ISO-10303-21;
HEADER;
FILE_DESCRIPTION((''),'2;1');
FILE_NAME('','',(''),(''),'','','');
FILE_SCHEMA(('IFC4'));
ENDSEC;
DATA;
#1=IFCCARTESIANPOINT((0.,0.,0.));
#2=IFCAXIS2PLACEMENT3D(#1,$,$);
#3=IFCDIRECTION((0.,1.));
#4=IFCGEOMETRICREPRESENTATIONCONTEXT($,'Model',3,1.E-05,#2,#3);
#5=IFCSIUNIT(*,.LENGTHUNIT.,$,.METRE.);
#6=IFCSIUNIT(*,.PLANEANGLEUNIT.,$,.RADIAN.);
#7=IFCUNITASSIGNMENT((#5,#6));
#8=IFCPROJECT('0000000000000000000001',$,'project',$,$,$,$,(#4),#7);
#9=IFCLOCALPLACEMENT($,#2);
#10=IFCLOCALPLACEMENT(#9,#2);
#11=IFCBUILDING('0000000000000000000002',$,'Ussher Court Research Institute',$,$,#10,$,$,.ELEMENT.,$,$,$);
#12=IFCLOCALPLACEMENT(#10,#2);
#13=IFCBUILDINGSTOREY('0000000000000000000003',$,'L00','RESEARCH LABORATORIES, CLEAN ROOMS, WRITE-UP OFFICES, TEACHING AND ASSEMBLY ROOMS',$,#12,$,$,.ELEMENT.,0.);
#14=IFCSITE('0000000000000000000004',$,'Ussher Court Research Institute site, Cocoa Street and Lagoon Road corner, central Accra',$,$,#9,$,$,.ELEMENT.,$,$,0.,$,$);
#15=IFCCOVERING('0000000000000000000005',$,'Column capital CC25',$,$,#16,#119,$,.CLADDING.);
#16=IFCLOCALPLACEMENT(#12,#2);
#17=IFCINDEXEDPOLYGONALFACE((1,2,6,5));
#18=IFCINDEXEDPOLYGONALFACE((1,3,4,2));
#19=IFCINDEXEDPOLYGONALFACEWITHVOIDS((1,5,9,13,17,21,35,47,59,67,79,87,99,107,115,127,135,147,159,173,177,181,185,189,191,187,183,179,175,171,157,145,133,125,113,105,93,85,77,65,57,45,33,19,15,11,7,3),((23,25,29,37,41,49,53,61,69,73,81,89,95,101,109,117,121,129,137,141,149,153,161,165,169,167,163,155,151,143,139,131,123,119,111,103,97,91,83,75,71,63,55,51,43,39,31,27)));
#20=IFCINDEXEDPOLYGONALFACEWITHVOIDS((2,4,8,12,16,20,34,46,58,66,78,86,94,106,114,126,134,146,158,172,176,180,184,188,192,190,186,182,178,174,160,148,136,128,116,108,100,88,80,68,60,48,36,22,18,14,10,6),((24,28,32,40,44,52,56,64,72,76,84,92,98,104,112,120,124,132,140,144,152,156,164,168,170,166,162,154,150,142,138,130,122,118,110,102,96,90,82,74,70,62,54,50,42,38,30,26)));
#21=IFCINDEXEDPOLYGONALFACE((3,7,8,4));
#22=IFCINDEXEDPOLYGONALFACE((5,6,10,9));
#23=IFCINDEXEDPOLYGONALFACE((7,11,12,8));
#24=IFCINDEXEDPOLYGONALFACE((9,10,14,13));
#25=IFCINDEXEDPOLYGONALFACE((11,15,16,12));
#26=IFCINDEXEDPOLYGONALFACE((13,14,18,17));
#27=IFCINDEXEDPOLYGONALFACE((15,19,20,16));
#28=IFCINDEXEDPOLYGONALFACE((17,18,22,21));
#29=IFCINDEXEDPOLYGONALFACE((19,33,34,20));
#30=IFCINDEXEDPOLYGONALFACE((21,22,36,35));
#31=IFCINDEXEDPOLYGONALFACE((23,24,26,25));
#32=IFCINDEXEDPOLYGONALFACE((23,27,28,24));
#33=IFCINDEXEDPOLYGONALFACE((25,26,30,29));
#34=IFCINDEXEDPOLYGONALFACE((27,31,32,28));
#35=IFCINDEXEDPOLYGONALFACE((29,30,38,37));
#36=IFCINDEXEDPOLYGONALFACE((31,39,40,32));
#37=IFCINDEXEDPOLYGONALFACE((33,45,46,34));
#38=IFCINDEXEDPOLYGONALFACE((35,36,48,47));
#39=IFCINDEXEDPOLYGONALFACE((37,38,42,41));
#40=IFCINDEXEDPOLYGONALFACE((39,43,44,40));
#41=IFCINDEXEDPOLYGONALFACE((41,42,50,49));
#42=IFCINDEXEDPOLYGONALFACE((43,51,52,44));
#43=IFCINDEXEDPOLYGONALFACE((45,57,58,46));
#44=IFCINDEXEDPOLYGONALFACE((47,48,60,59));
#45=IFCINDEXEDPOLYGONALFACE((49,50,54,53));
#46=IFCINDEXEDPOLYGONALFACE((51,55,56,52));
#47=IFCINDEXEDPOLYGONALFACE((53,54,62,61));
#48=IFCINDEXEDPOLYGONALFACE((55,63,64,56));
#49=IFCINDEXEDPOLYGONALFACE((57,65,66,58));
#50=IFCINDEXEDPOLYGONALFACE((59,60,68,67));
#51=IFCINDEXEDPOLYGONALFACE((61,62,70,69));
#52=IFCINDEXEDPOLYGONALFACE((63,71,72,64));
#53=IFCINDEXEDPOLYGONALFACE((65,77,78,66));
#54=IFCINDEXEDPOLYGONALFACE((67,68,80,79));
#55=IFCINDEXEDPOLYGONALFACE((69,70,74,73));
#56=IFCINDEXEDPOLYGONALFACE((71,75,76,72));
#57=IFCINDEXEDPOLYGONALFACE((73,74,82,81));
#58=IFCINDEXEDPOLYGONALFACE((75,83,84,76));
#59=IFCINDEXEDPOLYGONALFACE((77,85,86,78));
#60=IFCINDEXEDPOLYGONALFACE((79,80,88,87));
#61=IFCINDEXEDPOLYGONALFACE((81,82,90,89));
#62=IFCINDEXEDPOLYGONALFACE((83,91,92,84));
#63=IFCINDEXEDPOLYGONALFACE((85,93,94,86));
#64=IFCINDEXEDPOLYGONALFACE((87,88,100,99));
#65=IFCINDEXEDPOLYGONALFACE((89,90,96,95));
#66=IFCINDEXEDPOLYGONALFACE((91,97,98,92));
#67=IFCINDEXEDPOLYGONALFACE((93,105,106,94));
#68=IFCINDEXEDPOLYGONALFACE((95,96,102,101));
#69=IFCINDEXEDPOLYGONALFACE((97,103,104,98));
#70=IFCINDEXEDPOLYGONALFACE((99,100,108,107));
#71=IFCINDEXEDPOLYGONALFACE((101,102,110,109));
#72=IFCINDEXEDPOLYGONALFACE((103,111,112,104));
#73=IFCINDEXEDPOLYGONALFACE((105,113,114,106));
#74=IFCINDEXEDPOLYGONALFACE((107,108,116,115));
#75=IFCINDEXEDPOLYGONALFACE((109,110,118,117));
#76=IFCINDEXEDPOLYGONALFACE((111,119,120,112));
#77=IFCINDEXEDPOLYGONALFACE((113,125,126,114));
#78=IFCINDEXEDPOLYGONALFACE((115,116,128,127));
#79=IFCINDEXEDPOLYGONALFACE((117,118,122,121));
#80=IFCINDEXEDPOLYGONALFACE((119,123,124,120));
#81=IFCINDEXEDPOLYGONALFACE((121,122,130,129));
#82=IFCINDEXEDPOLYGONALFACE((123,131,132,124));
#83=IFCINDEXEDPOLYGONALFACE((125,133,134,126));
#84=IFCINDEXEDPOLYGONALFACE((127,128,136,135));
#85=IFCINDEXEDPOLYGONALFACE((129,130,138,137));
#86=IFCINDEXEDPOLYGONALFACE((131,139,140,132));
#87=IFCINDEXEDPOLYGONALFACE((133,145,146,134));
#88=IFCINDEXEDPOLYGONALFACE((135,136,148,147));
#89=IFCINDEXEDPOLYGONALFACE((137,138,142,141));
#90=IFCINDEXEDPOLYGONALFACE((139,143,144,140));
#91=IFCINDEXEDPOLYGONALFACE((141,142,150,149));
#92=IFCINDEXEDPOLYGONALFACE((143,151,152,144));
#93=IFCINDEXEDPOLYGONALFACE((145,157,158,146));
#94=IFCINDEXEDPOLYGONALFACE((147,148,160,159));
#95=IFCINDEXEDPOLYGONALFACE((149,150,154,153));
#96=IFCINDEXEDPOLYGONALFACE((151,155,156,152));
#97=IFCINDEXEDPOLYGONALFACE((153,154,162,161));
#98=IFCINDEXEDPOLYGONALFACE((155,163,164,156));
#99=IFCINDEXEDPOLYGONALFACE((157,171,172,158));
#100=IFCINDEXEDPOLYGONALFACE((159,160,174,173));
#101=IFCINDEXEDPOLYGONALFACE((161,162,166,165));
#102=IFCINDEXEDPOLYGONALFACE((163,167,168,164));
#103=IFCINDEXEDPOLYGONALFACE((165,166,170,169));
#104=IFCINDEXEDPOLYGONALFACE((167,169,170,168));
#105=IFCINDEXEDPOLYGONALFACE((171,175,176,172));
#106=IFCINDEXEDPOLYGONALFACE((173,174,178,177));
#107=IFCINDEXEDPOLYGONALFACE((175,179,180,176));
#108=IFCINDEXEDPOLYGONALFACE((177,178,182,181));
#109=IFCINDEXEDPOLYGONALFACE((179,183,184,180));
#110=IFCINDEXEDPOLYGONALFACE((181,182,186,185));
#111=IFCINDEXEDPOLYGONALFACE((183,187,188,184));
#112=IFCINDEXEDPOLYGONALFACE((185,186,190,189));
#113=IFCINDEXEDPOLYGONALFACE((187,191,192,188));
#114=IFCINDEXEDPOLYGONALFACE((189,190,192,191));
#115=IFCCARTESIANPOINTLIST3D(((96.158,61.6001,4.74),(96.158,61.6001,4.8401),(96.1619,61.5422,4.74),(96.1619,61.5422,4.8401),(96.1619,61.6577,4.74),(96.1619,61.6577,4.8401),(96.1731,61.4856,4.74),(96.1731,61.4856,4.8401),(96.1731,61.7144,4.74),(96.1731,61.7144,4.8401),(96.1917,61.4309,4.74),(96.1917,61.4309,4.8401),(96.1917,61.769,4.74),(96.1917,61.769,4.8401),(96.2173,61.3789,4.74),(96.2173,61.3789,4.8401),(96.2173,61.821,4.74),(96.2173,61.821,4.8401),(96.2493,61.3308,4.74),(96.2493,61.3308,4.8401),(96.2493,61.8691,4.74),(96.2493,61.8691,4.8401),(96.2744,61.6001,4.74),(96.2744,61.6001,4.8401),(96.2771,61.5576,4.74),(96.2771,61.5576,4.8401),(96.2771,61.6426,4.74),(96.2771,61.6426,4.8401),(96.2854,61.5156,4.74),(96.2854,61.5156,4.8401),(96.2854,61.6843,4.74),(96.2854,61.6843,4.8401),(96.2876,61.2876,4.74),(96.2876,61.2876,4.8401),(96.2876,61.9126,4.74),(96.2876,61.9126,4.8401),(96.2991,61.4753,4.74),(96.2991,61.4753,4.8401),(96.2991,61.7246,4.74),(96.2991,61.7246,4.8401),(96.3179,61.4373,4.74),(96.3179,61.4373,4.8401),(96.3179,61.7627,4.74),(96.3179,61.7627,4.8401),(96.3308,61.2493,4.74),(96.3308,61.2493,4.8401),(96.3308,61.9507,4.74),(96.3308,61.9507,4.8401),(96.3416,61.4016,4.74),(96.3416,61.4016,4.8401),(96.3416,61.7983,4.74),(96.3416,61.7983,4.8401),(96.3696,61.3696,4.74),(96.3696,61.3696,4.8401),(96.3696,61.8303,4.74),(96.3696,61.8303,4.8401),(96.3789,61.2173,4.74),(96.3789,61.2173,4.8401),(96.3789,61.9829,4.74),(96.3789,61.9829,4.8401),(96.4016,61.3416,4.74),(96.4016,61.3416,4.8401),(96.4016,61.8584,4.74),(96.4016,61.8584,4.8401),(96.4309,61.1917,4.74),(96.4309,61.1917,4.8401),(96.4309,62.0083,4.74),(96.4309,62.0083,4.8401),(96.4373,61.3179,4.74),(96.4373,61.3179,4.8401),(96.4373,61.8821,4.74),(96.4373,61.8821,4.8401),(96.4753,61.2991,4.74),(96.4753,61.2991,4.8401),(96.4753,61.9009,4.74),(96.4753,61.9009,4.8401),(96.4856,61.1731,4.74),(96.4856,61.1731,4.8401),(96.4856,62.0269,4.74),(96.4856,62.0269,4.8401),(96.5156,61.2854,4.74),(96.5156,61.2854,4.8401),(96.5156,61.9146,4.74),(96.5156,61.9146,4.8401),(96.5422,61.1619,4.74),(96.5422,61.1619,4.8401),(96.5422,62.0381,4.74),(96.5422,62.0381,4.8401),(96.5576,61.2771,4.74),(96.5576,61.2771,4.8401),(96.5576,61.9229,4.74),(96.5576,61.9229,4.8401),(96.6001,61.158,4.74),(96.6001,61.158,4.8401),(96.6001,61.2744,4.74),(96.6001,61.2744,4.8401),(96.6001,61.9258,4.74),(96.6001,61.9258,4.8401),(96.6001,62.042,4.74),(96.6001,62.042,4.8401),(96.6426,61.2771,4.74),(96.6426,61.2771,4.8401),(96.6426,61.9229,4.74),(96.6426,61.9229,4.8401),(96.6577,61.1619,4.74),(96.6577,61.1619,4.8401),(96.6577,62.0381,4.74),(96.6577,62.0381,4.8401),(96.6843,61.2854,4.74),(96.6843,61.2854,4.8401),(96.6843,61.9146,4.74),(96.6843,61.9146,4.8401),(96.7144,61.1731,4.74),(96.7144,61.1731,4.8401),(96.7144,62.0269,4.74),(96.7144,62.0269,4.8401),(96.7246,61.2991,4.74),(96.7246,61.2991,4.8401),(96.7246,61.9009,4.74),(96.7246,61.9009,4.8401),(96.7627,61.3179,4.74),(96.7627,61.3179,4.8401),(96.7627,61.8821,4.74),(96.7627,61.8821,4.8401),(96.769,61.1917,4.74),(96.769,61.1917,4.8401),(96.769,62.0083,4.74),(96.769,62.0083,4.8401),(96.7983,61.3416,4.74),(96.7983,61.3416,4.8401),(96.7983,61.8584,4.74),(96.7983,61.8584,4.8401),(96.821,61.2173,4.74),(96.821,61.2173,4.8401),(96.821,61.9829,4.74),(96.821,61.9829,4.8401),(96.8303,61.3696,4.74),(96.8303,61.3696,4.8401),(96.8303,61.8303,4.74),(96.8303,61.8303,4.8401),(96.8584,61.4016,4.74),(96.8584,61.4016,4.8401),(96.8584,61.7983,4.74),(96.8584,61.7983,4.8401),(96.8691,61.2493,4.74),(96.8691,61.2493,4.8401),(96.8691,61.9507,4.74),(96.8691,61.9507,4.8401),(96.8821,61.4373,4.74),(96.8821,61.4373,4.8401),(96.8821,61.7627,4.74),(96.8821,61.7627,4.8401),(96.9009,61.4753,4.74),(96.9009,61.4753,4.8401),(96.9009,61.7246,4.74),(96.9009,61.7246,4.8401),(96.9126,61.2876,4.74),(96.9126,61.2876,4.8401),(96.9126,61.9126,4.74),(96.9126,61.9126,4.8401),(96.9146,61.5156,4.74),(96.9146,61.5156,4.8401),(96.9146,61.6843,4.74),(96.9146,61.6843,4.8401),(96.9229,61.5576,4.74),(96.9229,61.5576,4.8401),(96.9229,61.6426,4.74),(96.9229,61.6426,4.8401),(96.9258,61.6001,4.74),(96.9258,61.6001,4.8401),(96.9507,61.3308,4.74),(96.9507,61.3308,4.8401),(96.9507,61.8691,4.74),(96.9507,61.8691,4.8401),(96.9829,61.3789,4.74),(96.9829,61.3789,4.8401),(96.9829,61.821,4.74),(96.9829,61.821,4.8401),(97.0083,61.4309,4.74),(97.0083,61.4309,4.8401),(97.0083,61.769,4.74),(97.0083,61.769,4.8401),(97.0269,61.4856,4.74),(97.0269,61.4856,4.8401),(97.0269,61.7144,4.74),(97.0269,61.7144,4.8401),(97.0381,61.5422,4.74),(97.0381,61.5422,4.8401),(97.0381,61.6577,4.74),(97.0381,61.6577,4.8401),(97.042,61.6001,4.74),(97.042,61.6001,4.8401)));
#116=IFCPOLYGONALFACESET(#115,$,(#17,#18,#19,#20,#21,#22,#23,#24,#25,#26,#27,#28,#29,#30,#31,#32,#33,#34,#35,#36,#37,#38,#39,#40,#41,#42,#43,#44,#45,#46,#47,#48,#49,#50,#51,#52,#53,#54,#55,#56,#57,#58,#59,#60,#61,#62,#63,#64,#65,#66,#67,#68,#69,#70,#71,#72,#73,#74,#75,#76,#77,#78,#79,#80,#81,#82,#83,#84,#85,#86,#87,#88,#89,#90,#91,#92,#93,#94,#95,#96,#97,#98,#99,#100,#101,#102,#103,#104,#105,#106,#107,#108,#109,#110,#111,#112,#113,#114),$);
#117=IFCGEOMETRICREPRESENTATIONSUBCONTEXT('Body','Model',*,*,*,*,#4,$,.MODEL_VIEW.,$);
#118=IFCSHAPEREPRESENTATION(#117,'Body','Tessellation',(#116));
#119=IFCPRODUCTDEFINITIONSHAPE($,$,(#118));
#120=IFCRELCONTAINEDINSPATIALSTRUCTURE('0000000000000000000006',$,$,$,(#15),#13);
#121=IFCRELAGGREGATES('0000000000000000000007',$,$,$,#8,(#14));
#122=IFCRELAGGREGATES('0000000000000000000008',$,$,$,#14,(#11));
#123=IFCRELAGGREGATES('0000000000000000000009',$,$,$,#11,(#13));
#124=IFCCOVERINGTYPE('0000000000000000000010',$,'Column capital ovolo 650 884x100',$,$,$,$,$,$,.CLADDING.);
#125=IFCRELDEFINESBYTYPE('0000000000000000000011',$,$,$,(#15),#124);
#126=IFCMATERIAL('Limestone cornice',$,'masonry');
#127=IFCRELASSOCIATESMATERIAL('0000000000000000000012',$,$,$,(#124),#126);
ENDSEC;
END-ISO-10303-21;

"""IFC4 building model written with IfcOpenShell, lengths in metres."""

from ifc_helpers import new_model, si_unit, direction, frame, origin, place, context, subcontext, project, spatial, polyline, outline, extrude, material, type_object, element, save


model = new_model("IFC4")

# Units and contexts
model_context = context("Model", 3, precision=1e-05, world=origin(), true_north=direction((0.0, 1.0)))
body_context = subcontext(model_context, "Body", "Model", "MODEL_VIEW")
ifc_project = project(units=[si_unit("LENGTHUNIT", "METRE"), si_unit("PLANEANGLEUNIT", "RADIAN")], contexts=[model_context])

# Site, building, storey
site_placement = place(None, origin())
site = spatial("IfcSite", under=ifc_project, at=site_placement, Name="Ussher Court Research Institute site, Cocoa Street and Lagoon Road corner, central Accra", CompositionType="ELEMENT", RefElevation=0.0)
building_placement = place(site_placement, origin())
building = spatial("IfcBuilding", under=site, at=building_placement, Name="Ussher Court Research Institute", CompositionType="ELEMENT")
storey_placement = place(building_placement, origin())
storey = spatial("IfcBuildingStorey", under=building, at=storey_placement, Name="L00", Description="RESEARCH LABORATORIES, CLEAN ROOMS, WRITE-UP OFFICES, TEACHING AND ASSEMBLY ROOMS", CompositionType="ELEMENT", Elevation=0.0)

# Covering
ifc_material_1 = material(Name="Limestone cornice", Category="masonry")
covering_type_1 = type_object("IfcCoveringType", Name="Column capital ovolo 650 884x100", PredefinedType="CLADDING", material=ifc_material_1)
covering_1_placement = place(storey_placement, frame((0.0, 0.0, 4.74)))
element("IfcCovering", 1, at=covering_1_placement, inside=storey, type_object=covering_type_1, Name="Column capital CC25", PredefinedType="CLADDING", context=body_context, shape_type="SweptSolid", body=[
    extrude(outline(polyline([(97.042, 61.6001), (97.0381, 61.6577), (97.0269, 61.7144), (97.0083, 61.769), (96.9829, 61.821), (96.9507, 61.8691), (96.9126, 61.9126), (96.8691, 61.9507), (96.821, 61.9829), (96.769, 62.0083), (96.7144, 62.0269), (96.6577, 62.0381), (96.6001, 62.042), (96.5422, 62.0381), (96.4856, 62.0269), (96.4309, 62.0083), (96.3789, 61.9829), (96.3308, 61.9507), (96.2876, 61.9126), (96.2493, 61.8691), (96.2173, 61.821), (96.1917, 61.769), (96.1731, 61.7144), (96.1619, 61.6577), (96.158, 61.6001), (96.1619, 61.5422), (96.1731, 61.4856), (96.1917, 61.4309), (96.2173, 61.3789), (96.2493, 61.3308), (96.2876, 61.2876), (96.3308, 61.2493), (96.3789, 61.2173), (96.4309, 61.1917), (96.4856, 61.1731), (96.5422, 61.1619), (96.6001, 61.158), (96.6577, 61.1619), (96.7144, 61.1731), (96.769, 61.1917), (96.821, 61.2173), (96.8691, 61.2493), (96.9126, 61.2876), (96.9507, 61.3308), (96.9829, 61.3789), (97.0083, 61.4309), (97.0269, 61.4856), (97.0381, 61.5422), (97.042, 61.6001)]), holes=[polyline([(96.9258, 61.6001), (96.9229, 61.6426), (96.9146, 61.6843), (96.9009, 61.7246), (96.8821, 61.7627), (96.8584, 61.7983), (96.8303, 61.8303), (96.7983, 61.8584), (96.7627, 61.8821), (96.7246, 61.9009), (96.6843, 61.9146), (96.6426, 61.9229), (96.6001, 61.9258), (96.5576, 61.9229), (96.5156, 61.9146), (96.4753, 61.9009), (96.4373, 61.8821), (96.4016, 61.8584), (96.3696, 61.8303), (96.3416, 61.7983), (96.3179, 61.7627), (96.2991, 61.7246), (96.2854, 61.6843), (96.2771, 61.6426), (96.2744, 61.6001), (96.2771, 61.5576), (96.2854, 61.5156), (96.2991, 61.4753), (96.3179, 61.4373), (96.3416, 61.4016), (96.3696, 61.3696), (96.4016, 61.3416), (96.4373, 61.3179), (96.4753, 61.2991), (96.5156, 61.2854), (96.5576, 61.2771), (96.6001, 61.2744), (96.6426, 61.2771), (96.6843, 61.2854), (96.7246, 61.2991), (96.7627, 61.3179), (96.7983, 61.3416), (96.8303, 61.3696), (96.8584, 61.4016), (96.8821, 61.4373), (96.9009, 61.4753), (96.9146, 61.5156), (96.9229, 61.5576), (96.9258, 61.6001)])]), origin(), (0.0, 0.0, 1.0), 0.1001),
])

save(model, "model.ifc")
